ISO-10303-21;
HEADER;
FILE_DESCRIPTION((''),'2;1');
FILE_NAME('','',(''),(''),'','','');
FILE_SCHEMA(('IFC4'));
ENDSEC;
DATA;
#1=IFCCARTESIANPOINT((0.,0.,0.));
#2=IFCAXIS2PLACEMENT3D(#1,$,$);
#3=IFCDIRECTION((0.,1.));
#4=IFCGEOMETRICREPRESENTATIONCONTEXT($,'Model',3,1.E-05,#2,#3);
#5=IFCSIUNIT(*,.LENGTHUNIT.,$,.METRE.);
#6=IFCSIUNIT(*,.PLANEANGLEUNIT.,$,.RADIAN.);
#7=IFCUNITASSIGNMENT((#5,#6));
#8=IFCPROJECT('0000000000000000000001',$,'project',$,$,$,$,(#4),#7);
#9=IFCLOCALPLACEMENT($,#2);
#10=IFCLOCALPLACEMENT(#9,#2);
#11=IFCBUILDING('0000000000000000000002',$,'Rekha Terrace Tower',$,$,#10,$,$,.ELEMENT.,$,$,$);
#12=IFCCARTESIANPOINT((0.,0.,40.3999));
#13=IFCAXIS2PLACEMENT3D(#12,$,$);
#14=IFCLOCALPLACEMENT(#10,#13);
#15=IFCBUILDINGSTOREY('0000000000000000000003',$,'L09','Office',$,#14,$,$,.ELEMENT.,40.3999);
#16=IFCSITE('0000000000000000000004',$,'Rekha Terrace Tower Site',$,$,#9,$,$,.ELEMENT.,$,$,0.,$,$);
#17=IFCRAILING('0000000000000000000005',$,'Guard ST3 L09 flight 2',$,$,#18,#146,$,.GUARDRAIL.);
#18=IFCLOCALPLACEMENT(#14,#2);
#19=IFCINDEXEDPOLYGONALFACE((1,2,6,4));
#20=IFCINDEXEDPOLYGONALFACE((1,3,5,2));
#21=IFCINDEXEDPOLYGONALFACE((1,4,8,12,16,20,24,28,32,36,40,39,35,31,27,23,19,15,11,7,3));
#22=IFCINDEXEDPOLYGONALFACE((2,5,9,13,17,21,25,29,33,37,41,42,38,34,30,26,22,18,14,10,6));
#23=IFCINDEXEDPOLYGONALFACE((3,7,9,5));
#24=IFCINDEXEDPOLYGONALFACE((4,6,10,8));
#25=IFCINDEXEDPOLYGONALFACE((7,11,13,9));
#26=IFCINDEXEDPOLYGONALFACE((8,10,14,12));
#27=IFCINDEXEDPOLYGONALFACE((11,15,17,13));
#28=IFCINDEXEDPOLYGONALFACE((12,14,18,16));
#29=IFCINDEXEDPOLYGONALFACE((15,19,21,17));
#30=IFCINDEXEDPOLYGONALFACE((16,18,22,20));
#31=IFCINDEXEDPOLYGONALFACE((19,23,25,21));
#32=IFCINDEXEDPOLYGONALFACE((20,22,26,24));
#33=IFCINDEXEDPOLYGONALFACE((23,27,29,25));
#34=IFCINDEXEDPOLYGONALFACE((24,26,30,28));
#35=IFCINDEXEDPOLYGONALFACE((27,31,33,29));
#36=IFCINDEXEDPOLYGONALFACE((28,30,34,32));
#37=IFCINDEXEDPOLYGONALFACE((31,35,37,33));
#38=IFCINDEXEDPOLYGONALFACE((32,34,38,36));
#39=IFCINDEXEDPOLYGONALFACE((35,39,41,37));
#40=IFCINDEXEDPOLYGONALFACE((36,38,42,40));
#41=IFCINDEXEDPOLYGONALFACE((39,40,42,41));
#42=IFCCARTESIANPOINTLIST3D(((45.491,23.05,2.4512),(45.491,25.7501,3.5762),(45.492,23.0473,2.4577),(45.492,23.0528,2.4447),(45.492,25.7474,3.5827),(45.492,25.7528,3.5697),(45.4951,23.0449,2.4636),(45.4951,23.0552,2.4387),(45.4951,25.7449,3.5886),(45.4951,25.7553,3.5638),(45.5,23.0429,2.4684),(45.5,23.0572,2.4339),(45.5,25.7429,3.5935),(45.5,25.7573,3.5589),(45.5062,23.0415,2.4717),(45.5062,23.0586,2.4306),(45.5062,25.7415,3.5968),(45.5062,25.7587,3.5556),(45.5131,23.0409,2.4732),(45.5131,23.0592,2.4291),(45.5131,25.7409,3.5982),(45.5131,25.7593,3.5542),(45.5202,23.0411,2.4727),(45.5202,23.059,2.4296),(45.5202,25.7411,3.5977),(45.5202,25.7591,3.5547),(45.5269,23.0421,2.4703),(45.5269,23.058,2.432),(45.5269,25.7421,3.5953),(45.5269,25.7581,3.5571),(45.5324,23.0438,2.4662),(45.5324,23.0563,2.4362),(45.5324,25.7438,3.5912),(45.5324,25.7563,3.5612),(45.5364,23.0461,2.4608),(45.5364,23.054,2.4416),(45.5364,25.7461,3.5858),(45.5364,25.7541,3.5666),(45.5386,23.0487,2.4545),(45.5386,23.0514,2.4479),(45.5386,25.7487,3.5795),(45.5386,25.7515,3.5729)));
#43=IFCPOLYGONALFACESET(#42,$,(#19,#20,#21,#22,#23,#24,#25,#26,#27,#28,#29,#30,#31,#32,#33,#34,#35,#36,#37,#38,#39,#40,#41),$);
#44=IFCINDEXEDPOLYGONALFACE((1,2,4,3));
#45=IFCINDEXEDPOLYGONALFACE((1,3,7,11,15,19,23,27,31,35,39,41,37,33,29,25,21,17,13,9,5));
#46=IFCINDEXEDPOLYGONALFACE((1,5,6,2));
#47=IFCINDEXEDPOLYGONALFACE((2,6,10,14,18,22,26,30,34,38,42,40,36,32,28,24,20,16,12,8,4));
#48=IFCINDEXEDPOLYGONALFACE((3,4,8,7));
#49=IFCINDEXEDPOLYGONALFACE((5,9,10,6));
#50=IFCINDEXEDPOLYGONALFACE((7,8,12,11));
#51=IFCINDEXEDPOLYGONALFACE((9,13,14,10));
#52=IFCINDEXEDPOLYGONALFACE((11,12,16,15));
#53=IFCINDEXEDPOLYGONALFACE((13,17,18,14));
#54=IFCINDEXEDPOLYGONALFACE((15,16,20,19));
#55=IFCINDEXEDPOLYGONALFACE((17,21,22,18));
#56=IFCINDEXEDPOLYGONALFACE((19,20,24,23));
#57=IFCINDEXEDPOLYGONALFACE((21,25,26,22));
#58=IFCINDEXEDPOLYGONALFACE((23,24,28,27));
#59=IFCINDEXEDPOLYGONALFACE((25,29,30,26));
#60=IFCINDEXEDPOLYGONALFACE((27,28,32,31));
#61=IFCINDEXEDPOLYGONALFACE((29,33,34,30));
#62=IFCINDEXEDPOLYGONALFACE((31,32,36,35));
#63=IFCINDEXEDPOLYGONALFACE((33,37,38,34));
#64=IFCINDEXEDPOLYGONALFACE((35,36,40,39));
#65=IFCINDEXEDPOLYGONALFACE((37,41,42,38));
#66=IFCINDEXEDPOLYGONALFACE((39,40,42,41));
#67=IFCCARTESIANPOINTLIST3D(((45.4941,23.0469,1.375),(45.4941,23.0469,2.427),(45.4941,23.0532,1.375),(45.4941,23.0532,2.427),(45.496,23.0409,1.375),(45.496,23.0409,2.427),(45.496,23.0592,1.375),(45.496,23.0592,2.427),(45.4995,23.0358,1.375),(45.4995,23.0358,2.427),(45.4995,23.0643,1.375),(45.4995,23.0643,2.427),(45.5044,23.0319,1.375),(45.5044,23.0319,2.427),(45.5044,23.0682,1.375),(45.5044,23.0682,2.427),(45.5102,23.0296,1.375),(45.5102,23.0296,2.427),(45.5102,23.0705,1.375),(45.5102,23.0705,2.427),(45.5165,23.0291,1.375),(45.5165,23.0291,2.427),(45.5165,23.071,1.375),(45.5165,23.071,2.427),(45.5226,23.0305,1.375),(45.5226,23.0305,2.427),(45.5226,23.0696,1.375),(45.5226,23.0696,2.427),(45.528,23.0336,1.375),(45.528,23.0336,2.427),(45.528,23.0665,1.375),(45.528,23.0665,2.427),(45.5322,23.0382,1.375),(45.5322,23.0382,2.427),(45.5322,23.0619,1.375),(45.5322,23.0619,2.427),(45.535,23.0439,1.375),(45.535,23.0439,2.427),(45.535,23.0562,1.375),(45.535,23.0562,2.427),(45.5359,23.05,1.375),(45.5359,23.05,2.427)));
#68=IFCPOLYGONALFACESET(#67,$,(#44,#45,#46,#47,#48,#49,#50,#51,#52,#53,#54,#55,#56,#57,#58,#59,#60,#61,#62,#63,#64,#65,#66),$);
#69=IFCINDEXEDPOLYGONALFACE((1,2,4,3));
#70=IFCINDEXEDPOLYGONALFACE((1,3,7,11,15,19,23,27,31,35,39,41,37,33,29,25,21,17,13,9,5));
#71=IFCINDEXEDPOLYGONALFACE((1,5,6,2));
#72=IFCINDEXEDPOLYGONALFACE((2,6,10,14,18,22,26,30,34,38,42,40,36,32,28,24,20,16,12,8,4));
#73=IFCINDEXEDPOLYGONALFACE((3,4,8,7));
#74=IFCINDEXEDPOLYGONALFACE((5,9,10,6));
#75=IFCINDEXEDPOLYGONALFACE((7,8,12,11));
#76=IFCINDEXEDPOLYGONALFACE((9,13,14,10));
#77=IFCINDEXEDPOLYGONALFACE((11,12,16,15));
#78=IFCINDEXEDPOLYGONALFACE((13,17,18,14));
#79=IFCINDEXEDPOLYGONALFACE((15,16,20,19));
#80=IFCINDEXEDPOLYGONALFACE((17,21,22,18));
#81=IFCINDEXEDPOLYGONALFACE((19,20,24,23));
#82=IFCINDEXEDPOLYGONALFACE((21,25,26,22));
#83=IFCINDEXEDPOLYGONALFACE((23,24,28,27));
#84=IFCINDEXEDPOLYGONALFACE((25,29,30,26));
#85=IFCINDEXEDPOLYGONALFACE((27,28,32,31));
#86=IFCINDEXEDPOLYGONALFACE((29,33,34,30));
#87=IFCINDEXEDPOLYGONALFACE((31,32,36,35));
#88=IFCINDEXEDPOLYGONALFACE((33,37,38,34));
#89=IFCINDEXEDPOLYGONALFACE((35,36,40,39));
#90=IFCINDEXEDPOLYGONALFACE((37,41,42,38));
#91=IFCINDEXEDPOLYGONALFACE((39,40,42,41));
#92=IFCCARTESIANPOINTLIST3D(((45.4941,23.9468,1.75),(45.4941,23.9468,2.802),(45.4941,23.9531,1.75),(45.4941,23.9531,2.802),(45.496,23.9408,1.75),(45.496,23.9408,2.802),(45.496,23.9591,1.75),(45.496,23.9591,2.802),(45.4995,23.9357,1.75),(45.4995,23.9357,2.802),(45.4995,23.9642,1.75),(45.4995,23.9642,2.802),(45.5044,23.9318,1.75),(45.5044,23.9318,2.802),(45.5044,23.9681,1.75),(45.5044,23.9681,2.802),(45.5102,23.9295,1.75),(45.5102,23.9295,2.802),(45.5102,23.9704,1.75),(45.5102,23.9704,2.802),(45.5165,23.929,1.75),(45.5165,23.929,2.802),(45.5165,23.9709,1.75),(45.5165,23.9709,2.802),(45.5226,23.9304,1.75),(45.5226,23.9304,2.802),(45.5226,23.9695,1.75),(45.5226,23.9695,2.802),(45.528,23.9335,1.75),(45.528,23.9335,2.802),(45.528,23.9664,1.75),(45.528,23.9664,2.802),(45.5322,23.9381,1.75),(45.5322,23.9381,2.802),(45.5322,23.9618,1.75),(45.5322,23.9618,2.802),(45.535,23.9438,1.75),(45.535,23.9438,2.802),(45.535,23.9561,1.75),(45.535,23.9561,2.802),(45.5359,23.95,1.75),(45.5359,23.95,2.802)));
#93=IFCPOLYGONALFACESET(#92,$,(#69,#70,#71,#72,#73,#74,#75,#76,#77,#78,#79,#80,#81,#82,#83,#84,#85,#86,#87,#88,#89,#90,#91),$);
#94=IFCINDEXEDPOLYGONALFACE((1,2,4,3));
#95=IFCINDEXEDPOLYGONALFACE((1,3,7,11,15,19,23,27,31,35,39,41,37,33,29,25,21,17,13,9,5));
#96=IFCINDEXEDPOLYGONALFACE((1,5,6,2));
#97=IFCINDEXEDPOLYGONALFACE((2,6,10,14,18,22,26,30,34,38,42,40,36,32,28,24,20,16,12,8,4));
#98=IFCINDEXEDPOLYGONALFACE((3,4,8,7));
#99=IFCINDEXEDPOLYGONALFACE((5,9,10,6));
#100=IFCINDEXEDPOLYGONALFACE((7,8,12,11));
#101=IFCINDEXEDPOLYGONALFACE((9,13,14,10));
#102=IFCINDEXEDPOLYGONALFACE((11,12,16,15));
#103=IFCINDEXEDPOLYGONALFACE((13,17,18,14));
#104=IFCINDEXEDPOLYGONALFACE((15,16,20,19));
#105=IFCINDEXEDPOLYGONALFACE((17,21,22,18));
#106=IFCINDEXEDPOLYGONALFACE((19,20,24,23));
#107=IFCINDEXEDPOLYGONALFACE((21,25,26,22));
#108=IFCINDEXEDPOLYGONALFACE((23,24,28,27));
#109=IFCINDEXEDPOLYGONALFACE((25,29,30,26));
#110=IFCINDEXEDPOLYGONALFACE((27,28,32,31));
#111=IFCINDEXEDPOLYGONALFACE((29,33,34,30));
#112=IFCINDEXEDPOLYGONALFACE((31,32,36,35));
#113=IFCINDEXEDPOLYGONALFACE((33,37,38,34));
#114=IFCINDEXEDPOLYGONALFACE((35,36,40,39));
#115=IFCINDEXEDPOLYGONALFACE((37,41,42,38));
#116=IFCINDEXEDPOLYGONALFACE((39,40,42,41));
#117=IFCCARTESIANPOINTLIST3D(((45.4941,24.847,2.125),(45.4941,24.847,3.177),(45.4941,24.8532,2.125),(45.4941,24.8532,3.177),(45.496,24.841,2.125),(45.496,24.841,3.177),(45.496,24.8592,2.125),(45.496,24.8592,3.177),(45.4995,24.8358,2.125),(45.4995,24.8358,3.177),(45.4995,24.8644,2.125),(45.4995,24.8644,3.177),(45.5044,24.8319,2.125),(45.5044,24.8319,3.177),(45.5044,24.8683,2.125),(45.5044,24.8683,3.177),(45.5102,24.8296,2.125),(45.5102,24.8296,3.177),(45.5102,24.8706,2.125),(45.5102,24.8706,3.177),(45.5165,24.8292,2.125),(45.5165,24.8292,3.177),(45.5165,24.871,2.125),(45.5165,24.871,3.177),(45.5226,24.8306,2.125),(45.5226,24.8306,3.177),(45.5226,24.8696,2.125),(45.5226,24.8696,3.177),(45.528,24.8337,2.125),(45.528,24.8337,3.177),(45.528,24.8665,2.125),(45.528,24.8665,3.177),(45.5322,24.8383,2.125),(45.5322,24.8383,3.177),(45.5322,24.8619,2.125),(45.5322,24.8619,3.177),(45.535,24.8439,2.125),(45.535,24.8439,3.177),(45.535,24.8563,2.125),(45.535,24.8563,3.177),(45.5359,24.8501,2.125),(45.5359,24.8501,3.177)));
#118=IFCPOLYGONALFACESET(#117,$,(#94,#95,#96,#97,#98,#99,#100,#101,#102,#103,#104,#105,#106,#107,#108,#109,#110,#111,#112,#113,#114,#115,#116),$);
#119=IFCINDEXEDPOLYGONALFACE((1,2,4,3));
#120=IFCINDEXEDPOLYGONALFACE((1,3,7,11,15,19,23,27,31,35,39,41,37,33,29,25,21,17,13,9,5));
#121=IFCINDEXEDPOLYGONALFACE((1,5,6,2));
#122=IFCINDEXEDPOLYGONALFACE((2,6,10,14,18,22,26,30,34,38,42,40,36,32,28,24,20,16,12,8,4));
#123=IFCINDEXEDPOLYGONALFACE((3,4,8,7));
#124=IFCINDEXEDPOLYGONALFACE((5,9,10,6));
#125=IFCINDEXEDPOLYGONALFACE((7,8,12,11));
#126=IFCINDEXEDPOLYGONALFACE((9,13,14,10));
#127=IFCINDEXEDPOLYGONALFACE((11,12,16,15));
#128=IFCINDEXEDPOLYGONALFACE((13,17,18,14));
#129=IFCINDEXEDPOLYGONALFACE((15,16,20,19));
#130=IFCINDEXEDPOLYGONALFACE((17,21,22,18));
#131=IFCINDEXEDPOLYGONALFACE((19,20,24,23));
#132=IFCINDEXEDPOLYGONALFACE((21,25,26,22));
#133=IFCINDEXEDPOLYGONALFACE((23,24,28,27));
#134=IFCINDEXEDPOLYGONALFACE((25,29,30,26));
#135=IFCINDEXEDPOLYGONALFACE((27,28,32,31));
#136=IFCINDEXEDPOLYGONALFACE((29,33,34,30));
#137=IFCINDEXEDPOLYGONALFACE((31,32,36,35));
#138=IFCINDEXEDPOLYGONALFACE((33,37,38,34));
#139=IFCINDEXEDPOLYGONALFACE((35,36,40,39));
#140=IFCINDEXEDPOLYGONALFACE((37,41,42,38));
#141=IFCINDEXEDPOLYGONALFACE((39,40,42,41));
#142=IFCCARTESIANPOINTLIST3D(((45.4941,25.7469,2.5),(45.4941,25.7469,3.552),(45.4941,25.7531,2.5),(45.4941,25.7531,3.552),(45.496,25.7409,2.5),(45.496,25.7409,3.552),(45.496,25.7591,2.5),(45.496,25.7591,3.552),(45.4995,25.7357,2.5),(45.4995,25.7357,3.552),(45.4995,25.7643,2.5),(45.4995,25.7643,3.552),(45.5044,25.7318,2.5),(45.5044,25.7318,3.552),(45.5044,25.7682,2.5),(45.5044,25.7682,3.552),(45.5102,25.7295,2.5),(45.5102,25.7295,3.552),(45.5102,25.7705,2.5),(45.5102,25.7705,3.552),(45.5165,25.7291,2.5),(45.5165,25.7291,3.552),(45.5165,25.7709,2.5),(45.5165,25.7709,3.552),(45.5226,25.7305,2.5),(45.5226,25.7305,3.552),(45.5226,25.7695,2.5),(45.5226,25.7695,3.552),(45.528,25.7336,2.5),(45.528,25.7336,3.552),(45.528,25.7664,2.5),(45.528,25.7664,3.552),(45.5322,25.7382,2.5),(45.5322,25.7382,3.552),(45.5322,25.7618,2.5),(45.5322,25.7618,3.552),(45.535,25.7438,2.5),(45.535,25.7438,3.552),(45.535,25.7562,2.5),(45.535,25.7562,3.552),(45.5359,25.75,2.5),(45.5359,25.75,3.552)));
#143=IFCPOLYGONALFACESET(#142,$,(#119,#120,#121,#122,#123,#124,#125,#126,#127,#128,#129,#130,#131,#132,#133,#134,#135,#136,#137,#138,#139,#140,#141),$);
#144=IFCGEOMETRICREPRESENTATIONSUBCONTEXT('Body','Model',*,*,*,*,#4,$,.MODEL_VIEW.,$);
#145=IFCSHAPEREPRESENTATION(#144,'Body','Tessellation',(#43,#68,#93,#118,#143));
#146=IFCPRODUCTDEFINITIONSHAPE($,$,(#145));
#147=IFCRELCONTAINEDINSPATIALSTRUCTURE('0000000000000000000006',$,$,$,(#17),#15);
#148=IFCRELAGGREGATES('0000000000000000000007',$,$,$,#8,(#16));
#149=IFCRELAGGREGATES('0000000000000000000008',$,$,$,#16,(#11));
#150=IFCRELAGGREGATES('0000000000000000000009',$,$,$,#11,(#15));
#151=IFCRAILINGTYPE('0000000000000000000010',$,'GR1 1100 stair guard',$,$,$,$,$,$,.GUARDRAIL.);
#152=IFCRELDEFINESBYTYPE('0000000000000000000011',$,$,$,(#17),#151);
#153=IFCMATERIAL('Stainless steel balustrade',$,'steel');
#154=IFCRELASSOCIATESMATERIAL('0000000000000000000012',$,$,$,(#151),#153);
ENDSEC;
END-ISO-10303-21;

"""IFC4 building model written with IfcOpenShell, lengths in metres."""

from ifc_helpers import new_model, si_unit, direction, frame, origin, origin_2d, place, context, subcontext, project, spatial, circle, extrude, material, type_object, element, save


model = new_model("IFC4")

# Units and contexts
model_context = context("Model", 3, precision=1e-05, world=origin(), true_north=direction((0.0, 1.0)))
body_context = subcontext(model_context, "Body", "Model", "MODEL_VIEW")
ifc_project = project(units=[si_unit("LENGTHUNIT", "METRE"), si_unit("PLANEANGLEUNIT", "RADIAN")], contexts=[model_context])

# Site, building, storey
site_placement = place(None, origin())
site = spatial("IfcSite", under=ifc_project, at=site_placement, Name="Rekha Terrace Tower Site", CompositionType="ELEMENT", RefElevation=0.0)
building_placement = place(site_placement, origin())
building = spatial("IfcBuilding", under=site, at=building_placement, Name="Rekha Terrace Tower", CompositionType="ELEMENT")
storey_placement = place(building_placement, frame((0.0, 0.0, 40.3999)))
storey = spatial("IfcBuildingStorey", under=building, at=storey_placement, Name="L09", Description="Office", CompositionType="ELEMENT", Elevation=40.3999)

# Railing
ifc_material_1 = material(Name="Stainless steel balustrade", Category="steel")
railing_type_1 = type_object("IfcRailingType", Name="GR1 1100 stair guard", PredefinedType="GUARDRAIL", material=ifc_material_1)
railing_1_placement = place(storey_placement, frame((45.5149, 23.05, 1.375)))
element("IfcRailing", 1, at=railing_1_placement, inside=storey, type_object=railing_type_1, Name="Guard ST3 L09 flight 2", PredefinedType="GUARDRAIL", context=body_context, shape_type="SweptSolid", body=[
    extrude(circle(Radius=0.0239, at=origin_2d()), frame((0.0, 0.0, 1.0762), z_axis=(0.0, 0.923074, 0.384621), x_axis=(-1.0, 0.0, 0.0)), (0.0, 0.0, 1.0), 2.925),
    extrude(circle(Radius=0.021, at=origin_2d()), origin(), (0.0, 0.0, 1.0), 1.052),
    extrude(circle(Radius=0.021, at=origin_2d()), frame((0.0, 0.8999, 0.375)), (0.0, 0.0, 1.0), 1.052),
    extrude(circle(Radius=0.021, at=origin_2d()), frame((0.0, 1.8, 0.75)), (0.0, 0.0, 1.0), 1.052),
    extrude(circle(Radius=0.021, at=origin_2d()), frame((0.0, 2.7, 1.125)), (0.0, 0.0, 1.0), 1.052),
])

save(model, "model.ifc")
